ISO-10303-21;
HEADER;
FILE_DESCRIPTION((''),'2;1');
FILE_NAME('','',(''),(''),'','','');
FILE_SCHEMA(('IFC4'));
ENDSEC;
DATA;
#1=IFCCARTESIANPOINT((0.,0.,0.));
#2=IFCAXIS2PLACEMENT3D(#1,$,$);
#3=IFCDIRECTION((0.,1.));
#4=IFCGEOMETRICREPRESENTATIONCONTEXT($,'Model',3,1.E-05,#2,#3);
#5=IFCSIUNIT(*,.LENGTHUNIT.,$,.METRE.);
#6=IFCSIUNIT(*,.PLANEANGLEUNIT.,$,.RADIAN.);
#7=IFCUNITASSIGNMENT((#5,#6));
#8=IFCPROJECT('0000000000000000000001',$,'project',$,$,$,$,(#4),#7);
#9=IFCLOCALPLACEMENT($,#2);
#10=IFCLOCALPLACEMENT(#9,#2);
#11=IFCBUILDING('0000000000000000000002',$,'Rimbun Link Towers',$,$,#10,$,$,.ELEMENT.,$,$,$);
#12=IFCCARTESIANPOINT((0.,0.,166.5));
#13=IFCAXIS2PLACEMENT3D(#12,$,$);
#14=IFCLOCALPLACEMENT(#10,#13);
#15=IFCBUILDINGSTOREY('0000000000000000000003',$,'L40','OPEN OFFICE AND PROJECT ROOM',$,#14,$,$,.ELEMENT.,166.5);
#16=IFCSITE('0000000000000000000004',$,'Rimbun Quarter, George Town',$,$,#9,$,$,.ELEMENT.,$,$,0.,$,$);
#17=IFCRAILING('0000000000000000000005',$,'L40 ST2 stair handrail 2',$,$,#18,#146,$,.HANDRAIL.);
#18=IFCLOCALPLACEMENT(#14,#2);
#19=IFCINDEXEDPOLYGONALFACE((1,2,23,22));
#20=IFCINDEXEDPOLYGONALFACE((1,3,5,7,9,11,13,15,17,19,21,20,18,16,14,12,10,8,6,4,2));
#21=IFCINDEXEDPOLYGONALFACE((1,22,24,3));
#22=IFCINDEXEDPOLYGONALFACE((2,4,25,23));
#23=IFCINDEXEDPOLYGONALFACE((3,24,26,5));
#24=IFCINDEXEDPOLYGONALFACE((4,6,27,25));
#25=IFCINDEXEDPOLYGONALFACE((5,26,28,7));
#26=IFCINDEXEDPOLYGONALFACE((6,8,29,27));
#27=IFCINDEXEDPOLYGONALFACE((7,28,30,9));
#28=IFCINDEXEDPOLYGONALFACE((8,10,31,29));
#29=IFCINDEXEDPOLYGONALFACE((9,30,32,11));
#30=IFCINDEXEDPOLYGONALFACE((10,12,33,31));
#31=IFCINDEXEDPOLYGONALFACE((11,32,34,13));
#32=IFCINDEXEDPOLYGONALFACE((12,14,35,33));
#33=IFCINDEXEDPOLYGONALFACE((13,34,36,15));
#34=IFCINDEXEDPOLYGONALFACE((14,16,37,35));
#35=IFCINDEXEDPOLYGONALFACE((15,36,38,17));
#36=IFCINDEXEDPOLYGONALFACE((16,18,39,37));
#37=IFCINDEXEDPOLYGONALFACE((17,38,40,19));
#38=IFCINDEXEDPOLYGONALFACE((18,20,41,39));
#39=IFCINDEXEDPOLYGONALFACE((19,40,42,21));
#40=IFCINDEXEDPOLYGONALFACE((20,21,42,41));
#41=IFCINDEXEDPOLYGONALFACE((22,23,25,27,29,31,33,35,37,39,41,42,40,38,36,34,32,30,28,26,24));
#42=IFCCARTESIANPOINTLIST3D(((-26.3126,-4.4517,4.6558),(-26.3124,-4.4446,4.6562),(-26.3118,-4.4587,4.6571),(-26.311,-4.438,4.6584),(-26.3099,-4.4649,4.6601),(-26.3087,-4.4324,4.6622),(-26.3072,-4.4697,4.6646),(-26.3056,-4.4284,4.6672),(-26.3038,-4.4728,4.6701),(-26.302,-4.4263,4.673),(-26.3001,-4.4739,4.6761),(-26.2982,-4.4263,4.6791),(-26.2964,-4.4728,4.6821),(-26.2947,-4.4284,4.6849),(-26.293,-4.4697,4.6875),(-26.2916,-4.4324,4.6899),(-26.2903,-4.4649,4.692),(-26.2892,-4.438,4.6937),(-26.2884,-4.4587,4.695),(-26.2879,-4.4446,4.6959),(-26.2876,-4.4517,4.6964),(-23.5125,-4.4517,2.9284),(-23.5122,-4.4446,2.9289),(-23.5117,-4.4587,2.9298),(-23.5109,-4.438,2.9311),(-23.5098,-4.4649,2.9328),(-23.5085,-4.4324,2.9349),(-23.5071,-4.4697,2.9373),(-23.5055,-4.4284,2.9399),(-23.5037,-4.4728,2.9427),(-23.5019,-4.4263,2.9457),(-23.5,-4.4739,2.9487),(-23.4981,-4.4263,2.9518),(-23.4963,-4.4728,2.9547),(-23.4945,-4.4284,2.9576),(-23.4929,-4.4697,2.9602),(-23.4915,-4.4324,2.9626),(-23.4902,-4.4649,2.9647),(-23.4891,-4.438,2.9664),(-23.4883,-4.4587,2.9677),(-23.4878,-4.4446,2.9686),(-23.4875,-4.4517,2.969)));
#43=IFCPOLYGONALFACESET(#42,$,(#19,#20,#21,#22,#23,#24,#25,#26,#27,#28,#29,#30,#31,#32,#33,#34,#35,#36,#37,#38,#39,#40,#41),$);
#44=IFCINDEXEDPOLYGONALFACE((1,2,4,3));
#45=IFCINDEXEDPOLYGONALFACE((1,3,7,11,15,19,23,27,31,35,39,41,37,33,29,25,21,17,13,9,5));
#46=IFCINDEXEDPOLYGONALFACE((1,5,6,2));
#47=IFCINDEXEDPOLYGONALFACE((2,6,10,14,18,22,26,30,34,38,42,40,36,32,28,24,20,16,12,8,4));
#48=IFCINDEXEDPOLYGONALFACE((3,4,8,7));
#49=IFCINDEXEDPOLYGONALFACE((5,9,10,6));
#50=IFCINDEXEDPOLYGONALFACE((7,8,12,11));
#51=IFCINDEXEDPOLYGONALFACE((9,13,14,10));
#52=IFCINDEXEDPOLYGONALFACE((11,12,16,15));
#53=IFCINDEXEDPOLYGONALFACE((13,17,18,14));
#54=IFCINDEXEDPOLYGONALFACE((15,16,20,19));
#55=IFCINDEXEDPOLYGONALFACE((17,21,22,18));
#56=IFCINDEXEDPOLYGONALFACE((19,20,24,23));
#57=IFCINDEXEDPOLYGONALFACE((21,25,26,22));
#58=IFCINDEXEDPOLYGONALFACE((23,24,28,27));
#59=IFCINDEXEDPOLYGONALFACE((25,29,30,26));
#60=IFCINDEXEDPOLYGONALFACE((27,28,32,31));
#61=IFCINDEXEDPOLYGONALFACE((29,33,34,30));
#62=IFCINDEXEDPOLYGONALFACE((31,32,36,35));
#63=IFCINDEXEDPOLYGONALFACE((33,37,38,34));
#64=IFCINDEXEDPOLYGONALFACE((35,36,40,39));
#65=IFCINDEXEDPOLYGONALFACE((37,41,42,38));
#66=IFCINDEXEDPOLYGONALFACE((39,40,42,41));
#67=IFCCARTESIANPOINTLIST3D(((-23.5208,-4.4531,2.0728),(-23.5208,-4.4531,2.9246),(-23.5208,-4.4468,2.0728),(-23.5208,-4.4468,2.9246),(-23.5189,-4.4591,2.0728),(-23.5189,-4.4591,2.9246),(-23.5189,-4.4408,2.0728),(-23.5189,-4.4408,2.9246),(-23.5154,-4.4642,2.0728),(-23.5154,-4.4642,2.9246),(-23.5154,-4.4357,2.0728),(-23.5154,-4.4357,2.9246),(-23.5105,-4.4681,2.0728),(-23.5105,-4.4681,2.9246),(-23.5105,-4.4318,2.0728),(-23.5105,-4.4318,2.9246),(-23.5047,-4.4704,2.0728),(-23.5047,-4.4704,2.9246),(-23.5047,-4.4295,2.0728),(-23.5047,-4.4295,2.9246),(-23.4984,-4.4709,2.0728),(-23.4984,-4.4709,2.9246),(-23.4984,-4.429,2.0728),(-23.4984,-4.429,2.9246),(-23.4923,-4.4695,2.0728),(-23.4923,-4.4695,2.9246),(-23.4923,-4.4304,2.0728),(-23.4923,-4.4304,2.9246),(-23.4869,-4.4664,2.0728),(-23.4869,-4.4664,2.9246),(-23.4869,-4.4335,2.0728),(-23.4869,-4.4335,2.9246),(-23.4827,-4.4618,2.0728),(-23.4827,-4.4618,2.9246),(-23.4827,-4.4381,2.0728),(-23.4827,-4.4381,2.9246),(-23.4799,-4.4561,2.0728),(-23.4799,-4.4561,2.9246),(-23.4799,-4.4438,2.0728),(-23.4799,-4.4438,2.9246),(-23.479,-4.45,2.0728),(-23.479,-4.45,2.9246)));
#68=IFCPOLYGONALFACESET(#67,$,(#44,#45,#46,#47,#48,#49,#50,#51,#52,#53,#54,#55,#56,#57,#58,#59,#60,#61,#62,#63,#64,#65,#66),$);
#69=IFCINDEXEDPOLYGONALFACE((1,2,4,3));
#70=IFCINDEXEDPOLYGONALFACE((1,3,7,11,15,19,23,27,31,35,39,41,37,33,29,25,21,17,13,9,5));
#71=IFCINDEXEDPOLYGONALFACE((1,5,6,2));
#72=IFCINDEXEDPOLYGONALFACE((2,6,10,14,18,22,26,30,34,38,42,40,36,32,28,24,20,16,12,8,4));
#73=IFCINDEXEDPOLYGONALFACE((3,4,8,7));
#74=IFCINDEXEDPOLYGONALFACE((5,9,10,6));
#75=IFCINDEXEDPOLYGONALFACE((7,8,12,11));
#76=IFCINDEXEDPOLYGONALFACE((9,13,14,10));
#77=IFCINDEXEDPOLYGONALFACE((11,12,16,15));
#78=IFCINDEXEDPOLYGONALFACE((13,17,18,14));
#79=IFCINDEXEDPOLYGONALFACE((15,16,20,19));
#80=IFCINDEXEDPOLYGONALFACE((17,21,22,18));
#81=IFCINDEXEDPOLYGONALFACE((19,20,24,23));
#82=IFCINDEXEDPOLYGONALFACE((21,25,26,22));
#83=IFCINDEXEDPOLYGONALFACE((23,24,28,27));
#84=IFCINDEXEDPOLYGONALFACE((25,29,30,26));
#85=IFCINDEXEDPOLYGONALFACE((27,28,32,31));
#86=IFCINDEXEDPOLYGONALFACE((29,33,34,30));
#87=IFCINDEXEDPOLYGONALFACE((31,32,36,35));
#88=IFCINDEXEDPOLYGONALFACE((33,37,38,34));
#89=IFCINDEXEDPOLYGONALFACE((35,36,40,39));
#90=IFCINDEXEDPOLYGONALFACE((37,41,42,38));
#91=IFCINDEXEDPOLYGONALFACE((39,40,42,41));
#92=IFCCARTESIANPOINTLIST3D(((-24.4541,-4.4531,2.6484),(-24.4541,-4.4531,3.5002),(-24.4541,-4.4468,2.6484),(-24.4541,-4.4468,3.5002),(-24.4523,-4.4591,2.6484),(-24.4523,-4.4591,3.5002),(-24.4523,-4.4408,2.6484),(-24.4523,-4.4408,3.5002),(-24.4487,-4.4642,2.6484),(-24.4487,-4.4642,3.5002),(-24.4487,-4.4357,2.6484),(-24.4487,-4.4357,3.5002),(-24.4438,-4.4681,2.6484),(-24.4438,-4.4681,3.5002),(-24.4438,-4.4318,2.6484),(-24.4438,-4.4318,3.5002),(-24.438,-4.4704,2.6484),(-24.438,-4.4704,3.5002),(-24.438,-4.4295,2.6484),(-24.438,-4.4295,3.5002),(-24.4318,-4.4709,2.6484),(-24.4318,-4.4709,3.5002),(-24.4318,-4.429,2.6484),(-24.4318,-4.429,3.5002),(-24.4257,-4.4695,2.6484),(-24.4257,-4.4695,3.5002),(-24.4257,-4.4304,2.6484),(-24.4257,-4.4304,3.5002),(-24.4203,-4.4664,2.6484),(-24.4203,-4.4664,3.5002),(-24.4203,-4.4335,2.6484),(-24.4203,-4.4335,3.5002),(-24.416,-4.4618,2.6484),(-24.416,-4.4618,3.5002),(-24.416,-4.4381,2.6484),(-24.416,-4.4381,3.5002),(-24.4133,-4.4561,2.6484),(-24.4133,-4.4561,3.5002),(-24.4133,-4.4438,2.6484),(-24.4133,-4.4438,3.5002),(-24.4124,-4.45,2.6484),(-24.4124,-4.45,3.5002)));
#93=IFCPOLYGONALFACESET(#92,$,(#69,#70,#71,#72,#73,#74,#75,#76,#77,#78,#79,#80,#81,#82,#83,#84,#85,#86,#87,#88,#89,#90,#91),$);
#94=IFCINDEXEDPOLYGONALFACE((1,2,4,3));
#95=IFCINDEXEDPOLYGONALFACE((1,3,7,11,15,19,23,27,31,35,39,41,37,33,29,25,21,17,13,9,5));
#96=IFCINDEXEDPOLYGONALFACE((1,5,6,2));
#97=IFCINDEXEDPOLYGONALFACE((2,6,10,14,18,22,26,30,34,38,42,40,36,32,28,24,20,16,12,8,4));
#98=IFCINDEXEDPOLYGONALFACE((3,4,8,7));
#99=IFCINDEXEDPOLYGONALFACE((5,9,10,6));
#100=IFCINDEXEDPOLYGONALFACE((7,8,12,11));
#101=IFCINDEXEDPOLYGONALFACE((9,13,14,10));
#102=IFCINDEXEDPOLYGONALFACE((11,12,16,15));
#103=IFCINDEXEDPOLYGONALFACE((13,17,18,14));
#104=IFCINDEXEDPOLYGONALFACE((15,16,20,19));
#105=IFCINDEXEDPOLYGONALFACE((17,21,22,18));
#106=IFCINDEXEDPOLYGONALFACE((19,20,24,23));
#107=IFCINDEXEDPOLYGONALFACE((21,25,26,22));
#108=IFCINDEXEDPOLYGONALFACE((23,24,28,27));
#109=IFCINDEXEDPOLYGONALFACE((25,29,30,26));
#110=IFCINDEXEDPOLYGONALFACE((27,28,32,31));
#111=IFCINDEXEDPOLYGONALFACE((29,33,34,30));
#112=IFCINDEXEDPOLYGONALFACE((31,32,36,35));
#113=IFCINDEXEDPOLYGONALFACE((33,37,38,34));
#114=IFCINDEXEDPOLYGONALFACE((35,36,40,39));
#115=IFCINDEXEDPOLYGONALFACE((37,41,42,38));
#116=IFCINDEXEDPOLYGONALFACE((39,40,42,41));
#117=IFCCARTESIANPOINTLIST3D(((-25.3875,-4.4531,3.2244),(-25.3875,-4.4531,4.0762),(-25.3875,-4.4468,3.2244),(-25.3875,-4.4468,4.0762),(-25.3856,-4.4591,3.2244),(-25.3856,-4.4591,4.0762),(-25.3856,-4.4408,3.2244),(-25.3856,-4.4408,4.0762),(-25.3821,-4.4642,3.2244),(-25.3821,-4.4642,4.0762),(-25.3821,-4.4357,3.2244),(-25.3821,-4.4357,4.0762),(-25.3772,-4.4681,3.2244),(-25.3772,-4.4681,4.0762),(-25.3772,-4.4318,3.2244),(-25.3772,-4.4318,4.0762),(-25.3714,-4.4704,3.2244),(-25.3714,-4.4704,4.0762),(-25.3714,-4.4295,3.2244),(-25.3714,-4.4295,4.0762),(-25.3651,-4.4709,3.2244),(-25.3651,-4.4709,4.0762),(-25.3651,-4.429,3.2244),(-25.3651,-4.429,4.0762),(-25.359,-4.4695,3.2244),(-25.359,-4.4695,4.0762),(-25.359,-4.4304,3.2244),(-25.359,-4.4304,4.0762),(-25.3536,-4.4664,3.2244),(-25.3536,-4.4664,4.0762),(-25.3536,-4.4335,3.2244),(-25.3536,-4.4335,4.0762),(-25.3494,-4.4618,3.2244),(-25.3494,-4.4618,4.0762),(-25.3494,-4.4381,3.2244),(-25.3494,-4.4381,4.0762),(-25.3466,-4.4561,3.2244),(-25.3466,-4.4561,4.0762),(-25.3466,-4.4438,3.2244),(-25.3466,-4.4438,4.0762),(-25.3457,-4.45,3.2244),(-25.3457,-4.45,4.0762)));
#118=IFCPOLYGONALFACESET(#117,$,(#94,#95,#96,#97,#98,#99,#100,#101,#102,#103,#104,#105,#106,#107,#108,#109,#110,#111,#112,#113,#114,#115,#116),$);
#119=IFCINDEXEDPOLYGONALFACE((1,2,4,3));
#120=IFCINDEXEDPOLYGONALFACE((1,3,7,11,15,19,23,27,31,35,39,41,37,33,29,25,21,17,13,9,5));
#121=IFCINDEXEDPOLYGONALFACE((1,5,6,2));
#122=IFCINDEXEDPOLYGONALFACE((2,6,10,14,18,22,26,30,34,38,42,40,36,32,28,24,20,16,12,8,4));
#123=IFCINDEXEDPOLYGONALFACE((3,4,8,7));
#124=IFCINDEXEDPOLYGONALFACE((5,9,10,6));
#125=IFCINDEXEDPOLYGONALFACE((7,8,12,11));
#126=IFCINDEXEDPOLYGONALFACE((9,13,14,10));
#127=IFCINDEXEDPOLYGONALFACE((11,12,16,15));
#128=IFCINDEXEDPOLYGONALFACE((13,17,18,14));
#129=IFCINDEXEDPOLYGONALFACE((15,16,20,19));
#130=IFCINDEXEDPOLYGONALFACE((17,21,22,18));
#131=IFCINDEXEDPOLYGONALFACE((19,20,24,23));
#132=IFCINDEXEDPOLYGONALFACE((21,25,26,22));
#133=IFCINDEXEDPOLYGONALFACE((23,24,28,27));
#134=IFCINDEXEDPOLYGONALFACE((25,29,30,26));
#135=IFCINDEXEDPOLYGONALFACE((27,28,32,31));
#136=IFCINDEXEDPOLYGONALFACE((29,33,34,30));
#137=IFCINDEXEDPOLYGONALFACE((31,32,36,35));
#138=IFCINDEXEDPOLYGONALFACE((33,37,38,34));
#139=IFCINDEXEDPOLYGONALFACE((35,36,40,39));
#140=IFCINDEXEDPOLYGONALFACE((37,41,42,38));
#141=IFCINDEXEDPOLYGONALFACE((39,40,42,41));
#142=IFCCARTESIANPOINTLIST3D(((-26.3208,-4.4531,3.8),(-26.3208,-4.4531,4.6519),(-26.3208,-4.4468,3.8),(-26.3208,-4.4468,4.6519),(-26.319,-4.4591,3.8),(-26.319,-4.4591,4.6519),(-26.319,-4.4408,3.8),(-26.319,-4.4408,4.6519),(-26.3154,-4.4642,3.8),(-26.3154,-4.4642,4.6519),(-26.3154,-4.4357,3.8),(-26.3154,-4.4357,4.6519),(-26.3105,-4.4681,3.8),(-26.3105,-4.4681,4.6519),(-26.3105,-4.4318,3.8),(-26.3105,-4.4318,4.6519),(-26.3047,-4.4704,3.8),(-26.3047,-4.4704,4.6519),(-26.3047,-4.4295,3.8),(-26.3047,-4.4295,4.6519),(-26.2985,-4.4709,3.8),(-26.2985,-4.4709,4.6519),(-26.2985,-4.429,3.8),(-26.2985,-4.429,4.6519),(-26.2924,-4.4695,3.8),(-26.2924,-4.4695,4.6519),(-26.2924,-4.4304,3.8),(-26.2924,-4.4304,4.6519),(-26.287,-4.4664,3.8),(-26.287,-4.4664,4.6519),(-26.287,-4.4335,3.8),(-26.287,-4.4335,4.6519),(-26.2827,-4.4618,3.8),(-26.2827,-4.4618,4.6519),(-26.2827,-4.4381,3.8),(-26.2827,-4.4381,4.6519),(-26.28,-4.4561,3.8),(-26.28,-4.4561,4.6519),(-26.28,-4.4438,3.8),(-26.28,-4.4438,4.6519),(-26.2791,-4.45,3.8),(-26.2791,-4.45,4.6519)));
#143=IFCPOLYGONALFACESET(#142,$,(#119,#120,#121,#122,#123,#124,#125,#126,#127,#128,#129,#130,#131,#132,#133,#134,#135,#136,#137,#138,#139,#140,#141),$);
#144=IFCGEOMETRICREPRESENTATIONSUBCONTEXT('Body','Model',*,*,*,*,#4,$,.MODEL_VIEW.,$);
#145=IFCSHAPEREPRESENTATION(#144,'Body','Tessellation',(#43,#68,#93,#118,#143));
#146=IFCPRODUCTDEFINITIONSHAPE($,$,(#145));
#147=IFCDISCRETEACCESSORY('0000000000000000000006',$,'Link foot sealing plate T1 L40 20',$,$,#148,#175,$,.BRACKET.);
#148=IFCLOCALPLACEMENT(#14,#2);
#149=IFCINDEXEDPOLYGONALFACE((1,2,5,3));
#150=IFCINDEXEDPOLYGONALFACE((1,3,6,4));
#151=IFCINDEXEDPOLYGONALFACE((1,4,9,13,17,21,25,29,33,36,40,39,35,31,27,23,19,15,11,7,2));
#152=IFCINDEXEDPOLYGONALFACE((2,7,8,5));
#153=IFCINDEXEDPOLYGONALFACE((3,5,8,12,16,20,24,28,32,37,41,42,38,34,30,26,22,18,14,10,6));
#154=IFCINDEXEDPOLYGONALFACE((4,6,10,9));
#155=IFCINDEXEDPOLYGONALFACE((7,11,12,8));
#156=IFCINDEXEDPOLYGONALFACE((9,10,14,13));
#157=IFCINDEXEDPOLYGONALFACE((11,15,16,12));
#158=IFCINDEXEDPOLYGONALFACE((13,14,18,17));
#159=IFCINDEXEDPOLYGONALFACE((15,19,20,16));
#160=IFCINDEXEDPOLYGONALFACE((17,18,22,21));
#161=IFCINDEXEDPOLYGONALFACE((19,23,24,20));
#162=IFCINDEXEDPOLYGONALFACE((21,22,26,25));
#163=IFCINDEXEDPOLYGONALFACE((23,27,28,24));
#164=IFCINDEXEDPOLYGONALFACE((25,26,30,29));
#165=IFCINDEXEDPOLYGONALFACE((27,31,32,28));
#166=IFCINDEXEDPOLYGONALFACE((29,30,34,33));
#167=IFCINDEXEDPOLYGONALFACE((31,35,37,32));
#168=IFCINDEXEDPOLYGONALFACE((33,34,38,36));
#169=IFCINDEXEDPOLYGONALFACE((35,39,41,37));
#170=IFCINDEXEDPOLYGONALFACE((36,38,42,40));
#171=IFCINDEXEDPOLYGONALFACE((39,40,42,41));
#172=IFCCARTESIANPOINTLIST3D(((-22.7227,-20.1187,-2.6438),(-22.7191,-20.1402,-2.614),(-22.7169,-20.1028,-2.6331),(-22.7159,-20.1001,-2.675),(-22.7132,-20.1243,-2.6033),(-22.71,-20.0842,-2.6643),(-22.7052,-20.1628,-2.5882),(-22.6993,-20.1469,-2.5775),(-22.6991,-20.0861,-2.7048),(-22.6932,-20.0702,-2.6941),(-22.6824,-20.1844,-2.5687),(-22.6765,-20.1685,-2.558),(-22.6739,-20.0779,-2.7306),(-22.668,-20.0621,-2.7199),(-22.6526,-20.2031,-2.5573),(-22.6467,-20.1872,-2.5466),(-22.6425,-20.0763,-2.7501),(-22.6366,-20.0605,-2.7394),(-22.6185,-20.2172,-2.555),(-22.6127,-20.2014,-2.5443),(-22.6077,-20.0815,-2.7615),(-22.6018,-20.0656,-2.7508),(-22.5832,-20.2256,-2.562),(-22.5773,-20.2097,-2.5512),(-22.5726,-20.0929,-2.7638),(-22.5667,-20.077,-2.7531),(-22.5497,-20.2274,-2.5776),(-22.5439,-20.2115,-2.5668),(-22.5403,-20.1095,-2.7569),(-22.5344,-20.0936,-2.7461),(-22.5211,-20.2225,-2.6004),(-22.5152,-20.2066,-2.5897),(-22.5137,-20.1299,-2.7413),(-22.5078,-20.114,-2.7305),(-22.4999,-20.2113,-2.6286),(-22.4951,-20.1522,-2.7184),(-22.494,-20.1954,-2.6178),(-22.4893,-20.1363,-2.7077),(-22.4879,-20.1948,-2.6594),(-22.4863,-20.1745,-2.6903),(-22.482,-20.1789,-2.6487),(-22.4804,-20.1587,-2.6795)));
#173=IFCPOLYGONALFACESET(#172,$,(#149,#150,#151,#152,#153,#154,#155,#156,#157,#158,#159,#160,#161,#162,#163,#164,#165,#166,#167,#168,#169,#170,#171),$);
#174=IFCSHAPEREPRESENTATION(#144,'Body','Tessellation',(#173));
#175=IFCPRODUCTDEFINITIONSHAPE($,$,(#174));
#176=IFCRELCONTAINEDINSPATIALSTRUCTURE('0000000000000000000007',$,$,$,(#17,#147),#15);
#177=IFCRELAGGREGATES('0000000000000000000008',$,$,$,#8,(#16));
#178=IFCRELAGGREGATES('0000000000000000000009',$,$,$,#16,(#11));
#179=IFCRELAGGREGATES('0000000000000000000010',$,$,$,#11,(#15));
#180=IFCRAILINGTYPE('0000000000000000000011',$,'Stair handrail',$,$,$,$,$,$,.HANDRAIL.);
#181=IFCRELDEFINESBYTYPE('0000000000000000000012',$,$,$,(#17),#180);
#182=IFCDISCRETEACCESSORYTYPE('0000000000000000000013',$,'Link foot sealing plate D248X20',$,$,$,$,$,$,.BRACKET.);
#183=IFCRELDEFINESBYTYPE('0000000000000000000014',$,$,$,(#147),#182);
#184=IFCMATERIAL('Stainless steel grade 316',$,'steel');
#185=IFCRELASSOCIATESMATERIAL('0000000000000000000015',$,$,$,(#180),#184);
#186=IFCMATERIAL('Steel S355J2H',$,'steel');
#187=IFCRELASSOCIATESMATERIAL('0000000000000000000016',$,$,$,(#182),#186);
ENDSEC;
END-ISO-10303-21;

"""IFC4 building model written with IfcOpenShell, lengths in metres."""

from ifc_helpers import new_model, si_unit, direction, frame, origin, origin_2d, place, context, subcontext, project, spatial, circle, extrude, material, material_profile, profile_set, type_object, element, save


model = new_model("IFC4")

# Units and contexts
model_context = context("Model", 3, precision=1e-05, world=origin(), true_north=direction((0.0, 1.0)))
body_context = subcontext(model_context, "Body", "Model", "MODEL_VIEW")
ifc_project = project(units=[si_unit("LENGTHUNIT", "METRE"), si_unit("PLANEANGLEUNIT", "RADIAN")], contexts=[model_context])

# Site, building, storey
site_placement = place(None, origin())
site = spatial("IfcSite", under=ifc_project, at=site_placement, Name="Rimbun Quarter, George Town", CompositionType="ELEMENT", RefElevation=0.0)
building_placement = place(site_placement, origin())
building = spatial("IfcBuilding", under=site, at=building_placement, Name="Rimbun Link Towers", CompositionType="ELEMENT")
storey_placement = place(building_placement, frame((0.0, 0.0, 166.5)))
storey = spatial("IfcBuildingStorey", under=building, at=storey_placement, Name="L40", Description="OPEN OFFICE AND PROJECT ROOM", CompositionType="ELEMENT", Elevation=166.5)

# Railing
ifc_material_1 = material(Name="Stainless steel grade 316", Category="steel")
railing_type_1 = type_object("IfcRailingType", Name="Stair handrail", PredefinedType="HANDRAIL", material=ifc_material_1)
railing_1_placement = place(storey_placement, frame((-23.5, -4.45, 2.0728)))
element("IfcRailing", 1, at=railing_1_placement, inside=storey, type_object=railing_type_1, Name="L40 ST2 stair handrail 2", PredefinedType="HANDRAIL", context=body_context, shape_type="SweptSolid", body=[
    extrude(circle(Radius=0.0239, at=origin_2d()), frame((0.0, 0.0, 0.876), z_axis=(-0.85109, 0.0, 0.52502), x_axis=(0.0, -1.0, 0.0)), (0.0, 0.0, 1.0), 3.29),
    extrude(circle(Radius=0.021, at=origin_2d()), origin(), (0.0, 0.0, 1.0), 0.8518),
    extrude(circle(Radius=0.021, at=origin_2d()), frame((-0.9333, 0.0, 0.5757)), (0.0, 0.0, 1.0), 0.8518),
    extrude(circle(Radius=0.021, at=origin_2d()), frame((-1.8667, 0.0, 1.1516)), (0.0, 0.0, 1.0), 0.8518),
    extrude(circle(Radius=0.021, at=origin_2d()), frame((-2.8, 0.0, 1.7273)), (0.0, 0.0, 1.0), 0.8518),
])

# Discrete accessory
ifc_material_2 = material(Name="Steel S355J2H", Category="steel")
ifc_material_profile_1 = material_profile(ifc_material_2, circle(Radius=0.124, at=origin_2d()), Name="PL D248")
ifc_profile_set_1 = profile_set([ifc_material_profile_1], Name="Steel S355J2H")
discrete_accessory_type = type_object("IfcDiscreteAccessoryType", Name="Link foot sealing plate D248X20", PredefinedType="BRACKET", material=ifc_profile_set_1)
discrete_accessory_placement = place(storey_placement, frame((-22.5984, -20.136, -2.6487), z_axis=(-0.2924, -0.791918, -0.536067), x_axis=(0.938096, -0.346374, 0.0)))
element("IfcDiscreteAccessory", 2, at=discrete_accessory_placement, inside=storey, type_object=discrete_accessory_type, Name="Link foot sealing plate T1 L40 20", PredefinedType="BRACKET", context=body_context, shape_type="SweptSolid", body=[
    extrude(circle(Radius=0.124, at=origin_2d()), origin(), (0.0, 0.0, 1.0), 0.02),
])

save(model, "model.ifc")
